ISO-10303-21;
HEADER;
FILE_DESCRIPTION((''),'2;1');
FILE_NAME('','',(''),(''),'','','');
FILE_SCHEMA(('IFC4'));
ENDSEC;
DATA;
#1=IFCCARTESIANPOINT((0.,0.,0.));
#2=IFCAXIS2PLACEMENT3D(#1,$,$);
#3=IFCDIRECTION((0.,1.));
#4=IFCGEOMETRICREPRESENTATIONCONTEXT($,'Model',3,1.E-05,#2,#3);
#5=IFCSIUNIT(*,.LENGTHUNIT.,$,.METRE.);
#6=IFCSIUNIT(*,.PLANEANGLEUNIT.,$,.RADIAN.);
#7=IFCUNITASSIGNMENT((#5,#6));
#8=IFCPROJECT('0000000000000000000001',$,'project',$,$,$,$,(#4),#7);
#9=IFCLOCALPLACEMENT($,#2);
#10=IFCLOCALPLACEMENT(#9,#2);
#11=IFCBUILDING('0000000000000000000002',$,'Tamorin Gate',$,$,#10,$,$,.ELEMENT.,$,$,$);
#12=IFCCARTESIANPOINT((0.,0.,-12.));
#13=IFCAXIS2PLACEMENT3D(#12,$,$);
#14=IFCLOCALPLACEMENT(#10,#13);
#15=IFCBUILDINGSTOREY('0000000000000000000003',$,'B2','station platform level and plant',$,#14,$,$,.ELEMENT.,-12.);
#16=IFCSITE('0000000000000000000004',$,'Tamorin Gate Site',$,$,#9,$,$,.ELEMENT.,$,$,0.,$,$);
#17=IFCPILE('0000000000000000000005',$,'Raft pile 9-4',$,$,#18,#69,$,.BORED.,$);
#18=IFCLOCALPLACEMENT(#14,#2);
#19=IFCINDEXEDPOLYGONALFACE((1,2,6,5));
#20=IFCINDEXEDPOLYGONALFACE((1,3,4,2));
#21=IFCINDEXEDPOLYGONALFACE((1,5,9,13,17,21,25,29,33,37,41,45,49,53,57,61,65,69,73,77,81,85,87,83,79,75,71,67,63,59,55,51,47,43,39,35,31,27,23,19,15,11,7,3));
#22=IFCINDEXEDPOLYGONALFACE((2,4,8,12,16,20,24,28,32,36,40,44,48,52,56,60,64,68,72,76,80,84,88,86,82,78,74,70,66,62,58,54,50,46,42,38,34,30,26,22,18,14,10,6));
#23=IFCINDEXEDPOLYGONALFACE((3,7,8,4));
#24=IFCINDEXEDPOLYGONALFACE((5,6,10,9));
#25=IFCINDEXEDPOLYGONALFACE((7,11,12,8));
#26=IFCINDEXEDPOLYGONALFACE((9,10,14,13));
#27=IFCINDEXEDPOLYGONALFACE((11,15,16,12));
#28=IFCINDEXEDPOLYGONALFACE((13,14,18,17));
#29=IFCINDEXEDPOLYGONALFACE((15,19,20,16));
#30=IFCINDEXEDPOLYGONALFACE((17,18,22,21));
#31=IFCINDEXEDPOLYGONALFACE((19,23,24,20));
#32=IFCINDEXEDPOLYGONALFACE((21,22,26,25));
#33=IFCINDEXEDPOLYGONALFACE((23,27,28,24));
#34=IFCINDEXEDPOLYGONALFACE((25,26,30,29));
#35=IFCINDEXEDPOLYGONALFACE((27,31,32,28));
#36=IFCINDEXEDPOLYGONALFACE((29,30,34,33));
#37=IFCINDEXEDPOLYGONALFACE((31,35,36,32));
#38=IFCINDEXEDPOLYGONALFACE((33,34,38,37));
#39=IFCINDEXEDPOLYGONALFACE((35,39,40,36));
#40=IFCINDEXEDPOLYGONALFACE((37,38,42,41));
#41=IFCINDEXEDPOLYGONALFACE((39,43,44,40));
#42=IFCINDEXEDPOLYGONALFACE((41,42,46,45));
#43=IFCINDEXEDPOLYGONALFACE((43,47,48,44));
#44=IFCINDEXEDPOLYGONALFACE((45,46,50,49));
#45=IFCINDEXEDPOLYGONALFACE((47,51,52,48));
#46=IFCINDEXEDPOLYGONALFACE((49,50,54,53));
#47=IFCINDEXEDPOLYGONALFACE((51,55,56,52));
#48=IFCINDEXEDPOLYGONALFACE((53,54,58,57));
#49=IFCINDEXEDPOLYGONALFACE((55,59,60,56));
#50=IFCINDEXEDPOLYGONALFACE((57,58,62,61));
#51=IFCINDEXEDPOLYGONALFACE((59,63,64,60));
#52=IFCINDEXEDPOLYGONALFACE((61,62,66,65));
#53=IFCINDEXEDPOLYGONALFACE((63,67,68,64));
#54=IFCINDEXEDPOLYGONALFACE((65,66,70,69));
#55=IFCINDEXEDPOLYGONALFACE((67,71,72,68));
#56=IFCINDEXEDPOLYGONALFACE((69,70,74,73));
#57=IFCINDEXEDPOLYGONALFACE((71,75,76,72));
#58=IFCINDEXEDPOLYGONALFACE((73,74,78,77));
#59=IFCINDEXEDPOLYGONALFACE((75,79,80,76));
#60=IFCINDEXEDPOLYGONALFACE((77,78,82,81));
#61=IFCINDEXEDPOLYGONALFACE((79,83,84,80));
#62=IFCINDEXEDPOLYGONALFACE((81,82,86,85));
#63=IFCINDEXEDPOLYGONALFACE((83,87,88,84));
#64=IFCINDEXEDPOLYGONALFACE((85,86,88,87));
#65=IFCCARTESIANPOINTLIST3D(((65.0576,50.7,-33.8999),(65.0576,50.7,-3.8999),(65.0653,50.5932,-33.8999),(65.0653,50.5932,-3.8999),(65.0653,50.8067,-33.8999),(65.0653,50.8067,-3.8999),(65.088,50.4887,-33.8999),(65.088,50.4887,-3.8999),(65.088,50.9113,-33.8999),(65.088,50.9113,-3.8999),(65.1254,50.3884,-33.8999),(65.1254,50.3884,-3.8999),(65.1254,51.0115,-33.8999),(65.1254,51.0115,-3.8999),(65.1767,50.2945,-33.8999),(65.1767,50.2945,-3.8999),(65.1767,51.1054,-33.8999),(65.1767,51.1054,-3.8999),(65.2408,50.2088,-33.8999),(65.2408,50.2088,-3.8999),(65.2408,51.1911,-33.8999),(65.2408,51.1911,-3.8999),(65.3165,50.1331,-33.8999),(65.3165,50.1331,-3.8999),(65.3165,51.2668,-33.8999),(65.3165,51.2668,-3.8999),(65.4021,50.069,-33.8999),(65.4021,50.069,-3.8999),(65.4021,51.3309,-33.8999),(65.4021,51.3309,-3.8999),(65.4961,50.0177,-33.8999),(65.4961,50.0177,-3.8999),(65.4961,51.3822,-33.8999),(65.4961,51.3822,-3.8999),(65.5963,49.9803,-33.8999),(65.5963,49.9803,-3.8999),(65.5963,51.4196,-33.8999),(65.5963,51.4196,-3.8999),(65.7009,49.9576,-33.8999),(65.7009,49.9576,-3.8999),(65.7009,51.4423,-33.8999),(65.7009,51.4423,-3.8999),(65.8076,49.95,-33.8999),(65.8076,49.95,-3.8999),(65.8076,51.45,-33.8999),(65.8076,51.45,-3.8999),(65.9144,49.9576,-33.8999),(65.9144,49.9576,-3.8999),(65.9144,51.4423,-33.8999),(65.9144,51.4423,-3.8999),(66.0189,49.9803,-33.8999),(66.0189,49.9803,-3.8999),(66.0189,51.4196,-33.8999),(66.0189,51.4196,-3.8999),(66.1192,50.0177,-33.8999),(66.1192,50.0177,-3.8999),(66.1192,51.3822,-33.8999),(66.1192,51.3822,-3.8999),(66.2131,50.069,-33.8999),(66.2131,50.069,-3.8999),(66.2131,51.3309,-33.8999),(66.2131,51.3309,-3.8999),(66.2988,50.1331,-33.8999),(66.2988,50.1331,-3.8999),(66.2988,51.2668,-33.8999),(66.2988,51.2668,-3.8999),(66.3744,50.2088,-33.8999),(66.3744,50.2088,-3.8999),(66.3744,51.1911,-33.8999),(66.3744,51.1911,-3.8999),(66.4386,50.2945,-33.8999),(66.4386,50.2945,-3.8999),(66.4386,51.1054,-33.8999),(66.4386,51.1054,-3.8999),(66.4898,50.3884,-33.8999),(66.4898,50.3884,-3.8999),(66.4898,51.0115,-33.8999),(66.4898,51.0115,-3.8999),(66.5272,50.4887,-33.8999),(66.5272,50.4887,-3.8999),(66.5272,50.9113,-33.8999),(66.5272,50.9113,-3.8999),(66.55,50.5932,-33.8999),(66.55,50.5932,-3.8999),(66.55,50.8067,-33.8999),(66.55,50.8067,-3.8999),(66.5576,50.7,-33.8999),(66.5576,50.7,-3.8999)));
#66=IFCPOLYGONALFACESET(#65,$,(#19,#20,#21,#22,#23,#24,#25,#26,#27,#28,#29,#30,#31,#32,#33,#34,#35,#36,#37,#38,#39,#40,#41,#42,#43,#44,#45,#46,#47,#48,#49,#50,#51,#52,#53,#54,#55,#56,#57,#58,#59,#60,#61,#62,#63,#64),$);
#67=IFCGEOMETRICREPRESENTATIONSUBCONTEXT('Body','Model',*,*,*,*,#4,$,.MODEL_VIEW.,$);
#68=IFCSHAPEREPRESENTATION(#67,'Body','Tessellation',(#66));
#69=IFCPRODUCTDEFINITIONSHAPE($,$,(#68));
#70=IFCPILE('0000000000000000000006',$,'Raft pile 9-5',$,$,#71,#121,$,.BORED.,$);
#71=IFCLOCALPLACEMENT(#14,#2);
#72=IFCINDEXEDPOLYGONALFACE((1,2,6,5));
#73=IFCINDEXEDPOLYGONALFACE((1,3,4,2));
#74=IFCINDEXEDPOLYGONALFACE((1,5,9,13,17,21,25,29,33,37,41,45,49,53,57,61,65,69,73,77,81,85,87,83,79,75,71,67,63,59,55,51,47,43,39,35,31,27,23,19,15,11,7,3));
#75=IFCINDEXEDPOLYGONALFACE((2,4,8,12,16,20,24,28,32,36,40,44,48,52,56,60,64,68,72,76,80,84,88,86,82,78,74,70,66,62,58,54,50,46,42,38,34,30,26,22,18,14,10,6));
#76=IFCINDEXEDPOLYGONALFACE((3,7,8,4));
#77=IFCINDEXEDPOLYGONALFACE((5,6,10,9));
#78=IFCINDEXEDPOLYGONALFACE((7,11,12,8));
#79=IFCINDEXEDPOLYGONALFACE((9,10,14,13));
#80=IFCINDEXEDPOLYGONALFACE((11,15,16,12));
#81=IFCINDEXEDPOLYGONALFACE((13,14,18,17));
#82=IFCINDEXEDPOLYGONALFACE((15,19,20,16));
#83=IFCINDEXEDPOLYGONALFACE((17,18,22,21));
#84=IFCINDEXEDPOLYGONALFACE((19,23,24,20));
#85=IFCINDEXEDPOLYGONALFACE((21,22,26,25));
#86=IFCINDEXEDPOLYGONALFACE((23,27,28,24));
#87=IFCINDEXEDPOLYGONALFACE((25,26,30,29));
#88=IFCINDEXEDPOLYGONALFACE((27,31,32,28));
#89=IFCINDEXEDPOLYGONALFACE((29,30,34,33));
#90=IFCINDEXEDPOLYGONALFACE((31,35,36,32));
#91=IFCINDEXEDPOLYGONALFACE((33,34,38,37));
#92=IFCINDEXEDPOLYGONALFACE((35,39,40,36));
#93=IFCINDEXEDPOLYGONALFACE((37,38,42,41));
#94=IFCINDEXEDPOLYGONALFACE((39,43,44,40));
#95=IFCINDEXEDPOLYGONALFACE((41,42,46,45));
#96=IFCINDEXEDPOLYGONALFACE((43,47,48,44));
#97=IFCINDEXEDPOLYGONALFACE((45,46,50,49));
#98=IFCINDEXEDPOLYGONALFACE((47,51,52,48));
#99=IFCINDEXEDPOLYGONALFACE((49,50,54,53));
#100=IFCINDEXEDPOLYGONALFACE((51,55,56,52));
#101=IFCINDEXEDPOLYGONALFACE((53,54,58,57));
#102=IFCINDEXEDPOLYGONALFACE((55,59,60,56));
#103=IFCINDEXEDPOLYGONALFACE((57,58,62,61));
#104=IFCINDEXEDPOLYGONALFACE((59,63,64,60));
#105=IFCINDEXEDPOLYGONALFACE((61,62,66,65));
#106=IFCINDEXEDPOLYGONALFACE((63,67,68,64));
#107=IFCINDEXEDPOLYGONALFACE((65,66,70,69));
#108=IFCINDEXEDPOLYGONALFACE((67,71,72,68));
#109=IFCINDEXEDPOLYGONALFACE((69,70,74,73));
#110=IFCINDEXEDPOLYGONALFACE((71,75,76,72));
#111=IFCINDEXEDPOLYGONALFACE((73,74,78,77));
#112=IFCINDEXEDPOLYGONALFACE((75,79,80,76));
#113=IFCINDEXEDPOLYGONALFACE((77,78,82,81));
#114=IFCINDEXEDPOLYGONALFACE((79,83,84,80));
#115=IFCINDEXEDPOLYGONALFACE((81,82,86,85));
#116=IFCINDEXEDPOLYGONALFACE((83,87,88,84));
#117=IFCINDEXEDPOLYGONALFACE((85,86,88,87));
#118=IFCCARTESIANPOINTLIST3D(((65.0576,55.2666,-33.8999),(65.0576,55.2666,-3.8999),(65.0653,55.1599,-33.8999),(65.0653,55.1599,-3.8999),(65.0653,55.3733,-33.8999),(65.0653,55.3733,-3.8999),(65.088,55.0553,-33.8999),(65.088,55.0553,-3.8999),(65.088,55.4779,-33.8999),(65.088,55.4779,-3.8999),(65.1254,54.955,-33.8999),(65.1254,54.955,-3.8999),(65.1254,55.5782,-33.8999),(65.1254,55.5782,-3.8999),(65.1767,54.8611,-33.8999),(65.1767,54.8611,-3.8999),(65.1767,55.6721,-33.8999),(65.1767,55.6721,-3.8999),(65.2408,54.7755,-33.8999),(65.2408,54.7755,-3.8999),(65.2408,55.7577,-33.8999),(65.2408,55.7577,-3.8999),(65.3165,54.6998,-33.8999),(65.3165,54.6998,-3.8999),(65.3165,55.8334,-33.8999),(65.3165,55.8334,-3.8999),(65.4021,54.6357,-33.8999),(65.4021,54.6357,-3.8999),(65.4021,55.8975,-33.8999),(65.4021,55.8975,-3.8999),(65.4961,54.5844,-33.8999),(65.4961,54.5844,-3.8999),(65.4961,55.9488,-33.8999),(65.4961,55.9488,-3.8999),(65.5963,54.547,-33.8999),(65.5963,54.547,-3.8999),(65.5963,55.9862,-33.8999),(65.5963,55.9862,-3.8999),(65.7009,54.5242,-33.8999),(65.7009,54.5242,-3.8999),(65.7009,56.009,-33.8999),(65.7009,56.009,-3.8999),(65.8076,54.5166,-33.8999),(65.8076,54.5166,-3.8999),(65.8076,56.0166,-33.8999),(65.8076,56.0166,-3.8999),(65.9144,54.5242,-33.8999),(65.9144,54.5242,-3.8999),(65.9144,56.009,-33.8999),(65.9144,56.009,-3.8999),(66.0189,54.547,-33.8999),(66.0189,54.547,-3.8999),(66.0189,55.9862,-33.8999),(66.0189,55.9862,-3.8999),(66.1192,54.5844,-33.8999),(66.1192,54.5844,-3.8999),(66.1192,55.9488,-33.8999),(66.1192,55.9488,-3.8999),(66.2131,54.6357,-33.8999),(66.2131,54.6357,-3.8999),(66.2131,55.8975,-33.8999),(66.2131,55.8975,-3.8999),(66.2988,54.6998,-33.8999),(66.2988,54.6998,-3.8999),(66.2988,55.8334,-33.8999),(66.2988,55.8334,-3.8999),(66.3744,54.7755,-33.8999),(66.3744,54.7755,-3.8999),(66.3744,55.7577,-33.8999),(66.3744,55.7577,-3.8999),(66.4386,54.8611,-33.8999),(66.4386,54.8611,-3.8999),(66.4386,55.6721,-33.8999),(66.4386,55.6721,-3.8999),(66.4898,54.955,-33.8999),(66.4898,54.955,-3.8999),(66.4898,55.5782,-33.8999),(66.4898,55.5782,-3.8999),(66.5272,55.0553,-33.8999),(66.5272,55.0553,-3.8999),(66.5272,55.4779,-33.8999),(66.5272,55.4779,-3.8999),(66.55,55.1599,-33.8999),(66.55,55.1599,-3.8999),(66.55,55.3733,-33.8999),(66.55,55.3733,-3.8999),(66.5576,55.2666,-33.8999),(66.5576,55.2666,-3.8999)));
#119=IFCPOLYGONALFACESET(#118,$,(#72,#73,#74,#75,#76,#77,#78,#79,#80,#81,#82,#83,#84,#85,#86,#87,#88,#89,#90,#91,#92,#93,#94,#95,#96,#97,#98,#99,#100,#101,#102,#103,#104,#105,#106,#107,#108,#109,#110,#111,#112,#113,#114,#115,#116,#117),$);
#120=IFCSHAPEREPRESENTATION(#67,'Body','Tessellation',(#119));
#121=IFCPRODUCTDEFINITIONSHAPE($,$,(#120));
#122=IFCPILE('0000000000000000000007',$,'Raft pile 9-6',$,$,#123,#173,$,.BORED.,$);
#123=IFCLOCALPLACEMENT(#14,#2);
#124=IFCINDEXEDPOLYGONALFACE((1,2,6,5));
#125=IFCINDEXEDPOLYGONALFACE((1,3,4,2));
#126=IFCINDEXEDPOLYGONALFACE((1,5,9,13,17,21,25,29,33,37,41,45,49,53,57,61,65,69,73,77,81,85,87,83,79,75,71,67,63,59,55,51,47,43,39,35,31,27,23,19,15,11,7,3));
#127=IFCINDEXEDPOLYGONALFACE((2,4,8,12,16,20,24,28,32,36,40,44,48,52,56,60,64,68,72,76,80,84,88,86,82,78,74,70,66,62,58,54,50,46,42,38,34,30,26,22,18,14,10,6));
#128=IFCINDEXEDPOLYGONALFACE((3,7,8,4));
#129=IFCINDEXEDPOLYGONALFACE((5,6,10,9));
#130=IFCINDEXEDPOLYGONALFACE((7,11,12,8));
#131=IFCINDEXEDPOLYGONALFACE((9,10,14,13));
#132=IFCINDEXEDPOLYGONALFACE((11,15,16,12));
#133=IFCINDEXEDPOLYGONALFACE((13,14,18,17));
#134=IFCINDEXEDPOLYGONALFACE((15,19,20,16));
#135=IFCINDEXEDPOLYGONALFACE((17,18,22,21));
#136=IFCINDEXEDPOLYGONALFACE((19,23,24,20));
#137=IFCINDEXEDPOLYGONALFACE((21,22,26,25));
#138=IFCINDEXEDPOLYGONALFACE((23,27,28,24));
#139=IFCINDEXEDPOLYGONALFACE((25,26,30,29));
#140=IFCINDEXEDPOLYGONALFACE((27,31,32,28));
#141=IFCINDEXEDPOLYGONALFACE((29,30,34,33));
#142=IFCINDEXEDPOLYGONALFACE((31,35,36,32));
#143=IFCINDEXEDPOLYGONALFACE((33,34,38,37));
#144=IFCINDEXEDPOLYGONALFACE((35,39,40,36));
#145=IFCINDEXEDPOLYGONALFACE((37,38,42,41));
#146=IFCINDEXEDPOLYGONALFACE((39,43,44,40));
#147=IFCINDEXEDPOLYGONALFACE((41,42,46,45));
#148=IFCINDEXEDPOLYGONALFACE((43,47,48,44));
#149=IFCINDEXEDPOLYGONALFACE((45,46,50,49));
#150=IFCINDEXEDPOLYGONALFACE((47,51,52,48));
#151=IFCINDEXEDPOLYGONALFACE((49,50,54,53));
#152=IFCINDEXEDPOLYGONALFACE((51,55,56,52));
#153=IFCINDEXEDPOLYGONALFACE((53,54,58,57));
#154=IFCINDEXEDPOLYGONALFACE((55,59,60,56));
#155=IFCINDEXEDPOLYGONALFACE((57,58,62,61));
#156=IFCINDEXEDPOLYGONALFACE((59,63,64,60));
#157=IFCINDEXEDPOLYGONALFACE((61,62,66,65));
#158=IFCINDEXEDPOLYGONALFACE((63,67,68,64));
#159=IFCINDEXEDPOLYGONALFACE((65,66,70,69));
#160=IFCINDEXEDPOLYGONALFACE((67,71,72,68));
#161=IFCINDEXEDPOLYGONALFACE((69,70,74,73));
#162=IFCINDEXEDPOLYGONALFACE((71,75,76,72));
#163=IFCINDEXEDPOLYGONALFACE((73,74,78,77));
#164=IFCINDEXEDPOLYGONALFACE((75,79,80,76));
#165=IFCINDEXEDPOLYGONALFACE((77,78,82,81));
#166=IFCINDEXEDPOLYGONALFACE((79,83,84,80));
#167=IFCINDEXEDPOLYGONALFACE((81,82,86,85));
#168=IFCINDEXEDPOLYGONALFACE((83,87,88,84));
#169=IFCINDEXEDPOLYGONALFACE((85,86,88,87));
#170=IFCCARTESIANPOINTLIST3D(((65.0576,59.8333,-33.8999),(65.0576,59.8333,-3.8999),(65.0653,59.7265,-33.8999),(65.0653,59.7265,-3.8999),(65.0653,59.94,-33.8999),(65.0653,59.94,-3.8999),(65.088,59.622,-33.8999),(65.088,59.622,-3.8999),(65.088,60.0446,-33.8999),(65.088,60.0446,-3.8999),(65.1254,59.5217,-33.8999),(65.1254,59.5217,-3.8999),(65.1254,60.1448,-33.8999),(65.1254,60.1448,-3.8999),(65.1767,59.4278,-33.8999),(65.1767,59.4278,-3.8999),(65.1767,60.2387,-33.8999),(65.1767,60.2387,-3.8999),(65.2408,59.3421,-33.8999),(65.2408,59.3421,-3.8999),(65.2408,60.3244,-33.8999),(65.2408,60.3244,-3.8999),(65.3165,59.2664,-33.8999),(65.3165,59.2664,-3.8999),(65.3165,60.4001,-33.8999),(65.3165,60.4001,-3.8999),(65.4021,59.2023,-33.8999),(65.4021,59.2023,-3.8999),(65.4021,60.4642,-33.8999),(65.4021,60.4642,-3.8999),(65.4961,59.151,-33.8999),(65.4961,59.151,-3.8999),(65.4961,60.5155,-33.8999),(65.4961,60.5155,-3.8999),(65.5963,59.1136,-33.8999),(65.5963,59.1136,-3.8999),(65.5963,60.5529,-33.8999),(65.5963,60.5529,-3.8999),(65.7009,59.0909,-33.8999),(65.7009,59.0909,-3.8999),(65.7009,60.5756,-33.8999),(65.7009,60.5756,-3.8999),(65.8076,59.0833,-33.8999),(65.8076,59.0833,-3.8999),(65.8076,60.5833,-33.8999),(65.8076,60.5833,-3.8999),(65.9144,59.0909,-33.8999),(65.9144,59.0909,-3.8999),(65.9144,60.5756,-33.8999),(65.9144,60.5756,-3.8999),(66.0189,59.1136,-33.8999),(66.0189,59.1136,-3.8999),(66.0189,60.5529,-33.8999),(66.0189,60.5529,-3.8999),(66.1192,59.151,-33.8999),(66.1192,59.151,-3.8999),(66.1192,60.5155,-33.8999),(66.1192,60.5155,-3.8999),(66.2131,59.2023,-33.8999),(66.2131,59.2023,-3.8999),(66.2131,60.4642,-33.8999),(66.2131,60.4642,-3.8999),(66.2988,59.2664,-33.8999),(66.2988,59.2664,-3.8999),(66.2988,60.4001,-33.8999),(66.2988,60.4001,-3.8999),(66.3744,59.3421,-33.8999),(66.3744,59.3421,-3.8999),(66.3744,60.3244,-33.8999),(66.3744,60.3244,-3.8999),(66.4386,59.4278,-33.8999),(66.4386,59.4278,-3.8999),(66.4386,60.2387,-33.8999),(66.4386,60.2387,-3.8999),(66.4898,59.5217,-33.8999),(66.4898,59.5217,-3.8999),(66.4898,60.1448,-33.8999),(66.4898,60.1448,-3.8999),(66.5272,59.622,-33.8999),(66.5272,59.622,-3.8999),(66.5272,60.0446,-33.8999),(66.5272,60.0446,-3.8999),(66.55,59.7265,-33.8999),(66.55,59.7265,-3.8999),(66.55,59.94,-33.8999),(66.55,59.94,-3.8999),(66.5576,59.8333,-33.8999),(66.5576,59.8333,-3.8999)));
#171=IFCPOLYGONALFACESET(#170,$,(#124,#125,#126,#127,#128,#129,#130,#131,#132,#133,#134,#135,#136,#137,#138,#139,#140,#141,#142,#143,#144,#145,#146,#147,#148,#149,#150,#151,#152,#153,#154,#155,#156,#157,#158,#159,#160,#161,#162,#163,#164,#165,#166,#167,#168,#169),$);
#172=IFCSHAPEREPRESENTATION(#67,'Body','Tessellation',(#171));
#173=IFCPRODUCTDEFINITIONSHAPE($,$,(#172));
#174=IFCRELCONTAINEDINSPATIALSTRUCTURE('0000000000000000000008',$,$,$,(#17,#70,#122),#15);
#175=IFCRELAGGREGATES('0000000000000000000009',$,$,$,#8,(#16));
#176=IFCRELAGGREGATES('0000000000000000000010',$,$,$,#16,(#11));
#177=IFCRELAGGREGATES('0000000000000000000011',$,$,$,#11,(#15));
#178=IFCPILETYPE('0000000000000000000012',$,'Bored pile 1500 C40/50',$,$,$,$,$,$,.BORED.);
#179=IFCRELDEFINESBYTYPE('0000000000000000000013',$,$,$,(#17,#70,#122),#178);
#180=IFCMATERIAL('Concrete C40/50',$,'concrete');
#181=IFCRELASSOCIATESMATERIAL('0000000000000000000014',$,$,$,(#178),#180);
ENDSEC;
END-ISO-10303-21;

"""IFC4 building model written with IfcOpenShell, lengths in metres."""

from ifc_helpers import new_model, si_unit, direction, frame, origin, origin_2d, place, context, subcontext, project, spatial, circle, extrude, material, material_profile, profile_set, type_object, element, save


model = new_model("IFC4")

# Units and contexts
model_context = context("Model", 3, precision=1e-05, world=origin(), true_north=direction((0.0, 1.0)))
body_context = subcontext(model_context, "Body", "Model", "MODEL_VIEW")
ifc_project = project(units=[si_unit("LENGTHUNIT", "METRE"), si_unit("PLANEANGLEUNIT", "RADIAN")], contexts=[model_context])

# Site, building, storey
site_placement = place(None, origin())
site = spatial("IfcSite", under=ifc_project, at=site_placement, Name="Tamorin Gate Site", CompositionType="ELEMENT", RefElevation=0.0)
building_placement = place(site_placement, origin())
building = spatial("IfcBuilding", under=site, at=building_placement, Name="Tamorin Gate", CompositionType="ELEMENT")
storey_placement = place(building_placement, frame((0.0, 0.0, -12.0)))
storey = spatial("IfcBuildingStorey", under=building, at=storey_placement, Name="B2", Description="station platform level and plant", CompositionType="ELEMENT", Elevation=-12.0)

# Piles
ifc_material_1 = material(Name="Concrete C40/50", Category="concrete")
ifc_material_profile_1 = material_profile(ifc_material_1, circle(Radius=0.75, at=origin_2d()))
ifc_profile_set_1 = profile_set([ifc_material_profile_1], Name="Concrete C40/50")
pile_type = type_object("IfcPileType", Name="Bored pile 1500 C40/50", PredefinedType="BORED", material=ifc_profile_set_1)
for number, where, z_axis, x_axis, name in (
    (1, (65.8076, 50.7, -3.8999), (0.0, 0.0, -1.0), (1.0, 0.0, 0.0), "Raft pile 9-4"),
    (2, (65.8076, 55.2666, -3.8999), (0.0, 0.0, -1.0), (1.0, 0.0, 0.0), "Raft pile 9-5"),
    (3, (65.8076, 59.8333, -3.8999), (0.0, 0.0, -1.0), (1.0, 0.0, 0.0), "Raft pile 9-6"),
):
    element("IfcPile", number, at=place(storey_placement, frame(where, z_axis=z_axis, x_axis=x_axis)), inside=storey, type_object=pile_type, Name=name, PredefinedType="BORED", context=body_context, shape_type="SweptSolid", body=[
        extrude(circle(Radius=0.75, at=origin_2d()), origin(), (0.0, 0.0, 1.0), 30.0),
    ])

save(model, "model.ifc")
